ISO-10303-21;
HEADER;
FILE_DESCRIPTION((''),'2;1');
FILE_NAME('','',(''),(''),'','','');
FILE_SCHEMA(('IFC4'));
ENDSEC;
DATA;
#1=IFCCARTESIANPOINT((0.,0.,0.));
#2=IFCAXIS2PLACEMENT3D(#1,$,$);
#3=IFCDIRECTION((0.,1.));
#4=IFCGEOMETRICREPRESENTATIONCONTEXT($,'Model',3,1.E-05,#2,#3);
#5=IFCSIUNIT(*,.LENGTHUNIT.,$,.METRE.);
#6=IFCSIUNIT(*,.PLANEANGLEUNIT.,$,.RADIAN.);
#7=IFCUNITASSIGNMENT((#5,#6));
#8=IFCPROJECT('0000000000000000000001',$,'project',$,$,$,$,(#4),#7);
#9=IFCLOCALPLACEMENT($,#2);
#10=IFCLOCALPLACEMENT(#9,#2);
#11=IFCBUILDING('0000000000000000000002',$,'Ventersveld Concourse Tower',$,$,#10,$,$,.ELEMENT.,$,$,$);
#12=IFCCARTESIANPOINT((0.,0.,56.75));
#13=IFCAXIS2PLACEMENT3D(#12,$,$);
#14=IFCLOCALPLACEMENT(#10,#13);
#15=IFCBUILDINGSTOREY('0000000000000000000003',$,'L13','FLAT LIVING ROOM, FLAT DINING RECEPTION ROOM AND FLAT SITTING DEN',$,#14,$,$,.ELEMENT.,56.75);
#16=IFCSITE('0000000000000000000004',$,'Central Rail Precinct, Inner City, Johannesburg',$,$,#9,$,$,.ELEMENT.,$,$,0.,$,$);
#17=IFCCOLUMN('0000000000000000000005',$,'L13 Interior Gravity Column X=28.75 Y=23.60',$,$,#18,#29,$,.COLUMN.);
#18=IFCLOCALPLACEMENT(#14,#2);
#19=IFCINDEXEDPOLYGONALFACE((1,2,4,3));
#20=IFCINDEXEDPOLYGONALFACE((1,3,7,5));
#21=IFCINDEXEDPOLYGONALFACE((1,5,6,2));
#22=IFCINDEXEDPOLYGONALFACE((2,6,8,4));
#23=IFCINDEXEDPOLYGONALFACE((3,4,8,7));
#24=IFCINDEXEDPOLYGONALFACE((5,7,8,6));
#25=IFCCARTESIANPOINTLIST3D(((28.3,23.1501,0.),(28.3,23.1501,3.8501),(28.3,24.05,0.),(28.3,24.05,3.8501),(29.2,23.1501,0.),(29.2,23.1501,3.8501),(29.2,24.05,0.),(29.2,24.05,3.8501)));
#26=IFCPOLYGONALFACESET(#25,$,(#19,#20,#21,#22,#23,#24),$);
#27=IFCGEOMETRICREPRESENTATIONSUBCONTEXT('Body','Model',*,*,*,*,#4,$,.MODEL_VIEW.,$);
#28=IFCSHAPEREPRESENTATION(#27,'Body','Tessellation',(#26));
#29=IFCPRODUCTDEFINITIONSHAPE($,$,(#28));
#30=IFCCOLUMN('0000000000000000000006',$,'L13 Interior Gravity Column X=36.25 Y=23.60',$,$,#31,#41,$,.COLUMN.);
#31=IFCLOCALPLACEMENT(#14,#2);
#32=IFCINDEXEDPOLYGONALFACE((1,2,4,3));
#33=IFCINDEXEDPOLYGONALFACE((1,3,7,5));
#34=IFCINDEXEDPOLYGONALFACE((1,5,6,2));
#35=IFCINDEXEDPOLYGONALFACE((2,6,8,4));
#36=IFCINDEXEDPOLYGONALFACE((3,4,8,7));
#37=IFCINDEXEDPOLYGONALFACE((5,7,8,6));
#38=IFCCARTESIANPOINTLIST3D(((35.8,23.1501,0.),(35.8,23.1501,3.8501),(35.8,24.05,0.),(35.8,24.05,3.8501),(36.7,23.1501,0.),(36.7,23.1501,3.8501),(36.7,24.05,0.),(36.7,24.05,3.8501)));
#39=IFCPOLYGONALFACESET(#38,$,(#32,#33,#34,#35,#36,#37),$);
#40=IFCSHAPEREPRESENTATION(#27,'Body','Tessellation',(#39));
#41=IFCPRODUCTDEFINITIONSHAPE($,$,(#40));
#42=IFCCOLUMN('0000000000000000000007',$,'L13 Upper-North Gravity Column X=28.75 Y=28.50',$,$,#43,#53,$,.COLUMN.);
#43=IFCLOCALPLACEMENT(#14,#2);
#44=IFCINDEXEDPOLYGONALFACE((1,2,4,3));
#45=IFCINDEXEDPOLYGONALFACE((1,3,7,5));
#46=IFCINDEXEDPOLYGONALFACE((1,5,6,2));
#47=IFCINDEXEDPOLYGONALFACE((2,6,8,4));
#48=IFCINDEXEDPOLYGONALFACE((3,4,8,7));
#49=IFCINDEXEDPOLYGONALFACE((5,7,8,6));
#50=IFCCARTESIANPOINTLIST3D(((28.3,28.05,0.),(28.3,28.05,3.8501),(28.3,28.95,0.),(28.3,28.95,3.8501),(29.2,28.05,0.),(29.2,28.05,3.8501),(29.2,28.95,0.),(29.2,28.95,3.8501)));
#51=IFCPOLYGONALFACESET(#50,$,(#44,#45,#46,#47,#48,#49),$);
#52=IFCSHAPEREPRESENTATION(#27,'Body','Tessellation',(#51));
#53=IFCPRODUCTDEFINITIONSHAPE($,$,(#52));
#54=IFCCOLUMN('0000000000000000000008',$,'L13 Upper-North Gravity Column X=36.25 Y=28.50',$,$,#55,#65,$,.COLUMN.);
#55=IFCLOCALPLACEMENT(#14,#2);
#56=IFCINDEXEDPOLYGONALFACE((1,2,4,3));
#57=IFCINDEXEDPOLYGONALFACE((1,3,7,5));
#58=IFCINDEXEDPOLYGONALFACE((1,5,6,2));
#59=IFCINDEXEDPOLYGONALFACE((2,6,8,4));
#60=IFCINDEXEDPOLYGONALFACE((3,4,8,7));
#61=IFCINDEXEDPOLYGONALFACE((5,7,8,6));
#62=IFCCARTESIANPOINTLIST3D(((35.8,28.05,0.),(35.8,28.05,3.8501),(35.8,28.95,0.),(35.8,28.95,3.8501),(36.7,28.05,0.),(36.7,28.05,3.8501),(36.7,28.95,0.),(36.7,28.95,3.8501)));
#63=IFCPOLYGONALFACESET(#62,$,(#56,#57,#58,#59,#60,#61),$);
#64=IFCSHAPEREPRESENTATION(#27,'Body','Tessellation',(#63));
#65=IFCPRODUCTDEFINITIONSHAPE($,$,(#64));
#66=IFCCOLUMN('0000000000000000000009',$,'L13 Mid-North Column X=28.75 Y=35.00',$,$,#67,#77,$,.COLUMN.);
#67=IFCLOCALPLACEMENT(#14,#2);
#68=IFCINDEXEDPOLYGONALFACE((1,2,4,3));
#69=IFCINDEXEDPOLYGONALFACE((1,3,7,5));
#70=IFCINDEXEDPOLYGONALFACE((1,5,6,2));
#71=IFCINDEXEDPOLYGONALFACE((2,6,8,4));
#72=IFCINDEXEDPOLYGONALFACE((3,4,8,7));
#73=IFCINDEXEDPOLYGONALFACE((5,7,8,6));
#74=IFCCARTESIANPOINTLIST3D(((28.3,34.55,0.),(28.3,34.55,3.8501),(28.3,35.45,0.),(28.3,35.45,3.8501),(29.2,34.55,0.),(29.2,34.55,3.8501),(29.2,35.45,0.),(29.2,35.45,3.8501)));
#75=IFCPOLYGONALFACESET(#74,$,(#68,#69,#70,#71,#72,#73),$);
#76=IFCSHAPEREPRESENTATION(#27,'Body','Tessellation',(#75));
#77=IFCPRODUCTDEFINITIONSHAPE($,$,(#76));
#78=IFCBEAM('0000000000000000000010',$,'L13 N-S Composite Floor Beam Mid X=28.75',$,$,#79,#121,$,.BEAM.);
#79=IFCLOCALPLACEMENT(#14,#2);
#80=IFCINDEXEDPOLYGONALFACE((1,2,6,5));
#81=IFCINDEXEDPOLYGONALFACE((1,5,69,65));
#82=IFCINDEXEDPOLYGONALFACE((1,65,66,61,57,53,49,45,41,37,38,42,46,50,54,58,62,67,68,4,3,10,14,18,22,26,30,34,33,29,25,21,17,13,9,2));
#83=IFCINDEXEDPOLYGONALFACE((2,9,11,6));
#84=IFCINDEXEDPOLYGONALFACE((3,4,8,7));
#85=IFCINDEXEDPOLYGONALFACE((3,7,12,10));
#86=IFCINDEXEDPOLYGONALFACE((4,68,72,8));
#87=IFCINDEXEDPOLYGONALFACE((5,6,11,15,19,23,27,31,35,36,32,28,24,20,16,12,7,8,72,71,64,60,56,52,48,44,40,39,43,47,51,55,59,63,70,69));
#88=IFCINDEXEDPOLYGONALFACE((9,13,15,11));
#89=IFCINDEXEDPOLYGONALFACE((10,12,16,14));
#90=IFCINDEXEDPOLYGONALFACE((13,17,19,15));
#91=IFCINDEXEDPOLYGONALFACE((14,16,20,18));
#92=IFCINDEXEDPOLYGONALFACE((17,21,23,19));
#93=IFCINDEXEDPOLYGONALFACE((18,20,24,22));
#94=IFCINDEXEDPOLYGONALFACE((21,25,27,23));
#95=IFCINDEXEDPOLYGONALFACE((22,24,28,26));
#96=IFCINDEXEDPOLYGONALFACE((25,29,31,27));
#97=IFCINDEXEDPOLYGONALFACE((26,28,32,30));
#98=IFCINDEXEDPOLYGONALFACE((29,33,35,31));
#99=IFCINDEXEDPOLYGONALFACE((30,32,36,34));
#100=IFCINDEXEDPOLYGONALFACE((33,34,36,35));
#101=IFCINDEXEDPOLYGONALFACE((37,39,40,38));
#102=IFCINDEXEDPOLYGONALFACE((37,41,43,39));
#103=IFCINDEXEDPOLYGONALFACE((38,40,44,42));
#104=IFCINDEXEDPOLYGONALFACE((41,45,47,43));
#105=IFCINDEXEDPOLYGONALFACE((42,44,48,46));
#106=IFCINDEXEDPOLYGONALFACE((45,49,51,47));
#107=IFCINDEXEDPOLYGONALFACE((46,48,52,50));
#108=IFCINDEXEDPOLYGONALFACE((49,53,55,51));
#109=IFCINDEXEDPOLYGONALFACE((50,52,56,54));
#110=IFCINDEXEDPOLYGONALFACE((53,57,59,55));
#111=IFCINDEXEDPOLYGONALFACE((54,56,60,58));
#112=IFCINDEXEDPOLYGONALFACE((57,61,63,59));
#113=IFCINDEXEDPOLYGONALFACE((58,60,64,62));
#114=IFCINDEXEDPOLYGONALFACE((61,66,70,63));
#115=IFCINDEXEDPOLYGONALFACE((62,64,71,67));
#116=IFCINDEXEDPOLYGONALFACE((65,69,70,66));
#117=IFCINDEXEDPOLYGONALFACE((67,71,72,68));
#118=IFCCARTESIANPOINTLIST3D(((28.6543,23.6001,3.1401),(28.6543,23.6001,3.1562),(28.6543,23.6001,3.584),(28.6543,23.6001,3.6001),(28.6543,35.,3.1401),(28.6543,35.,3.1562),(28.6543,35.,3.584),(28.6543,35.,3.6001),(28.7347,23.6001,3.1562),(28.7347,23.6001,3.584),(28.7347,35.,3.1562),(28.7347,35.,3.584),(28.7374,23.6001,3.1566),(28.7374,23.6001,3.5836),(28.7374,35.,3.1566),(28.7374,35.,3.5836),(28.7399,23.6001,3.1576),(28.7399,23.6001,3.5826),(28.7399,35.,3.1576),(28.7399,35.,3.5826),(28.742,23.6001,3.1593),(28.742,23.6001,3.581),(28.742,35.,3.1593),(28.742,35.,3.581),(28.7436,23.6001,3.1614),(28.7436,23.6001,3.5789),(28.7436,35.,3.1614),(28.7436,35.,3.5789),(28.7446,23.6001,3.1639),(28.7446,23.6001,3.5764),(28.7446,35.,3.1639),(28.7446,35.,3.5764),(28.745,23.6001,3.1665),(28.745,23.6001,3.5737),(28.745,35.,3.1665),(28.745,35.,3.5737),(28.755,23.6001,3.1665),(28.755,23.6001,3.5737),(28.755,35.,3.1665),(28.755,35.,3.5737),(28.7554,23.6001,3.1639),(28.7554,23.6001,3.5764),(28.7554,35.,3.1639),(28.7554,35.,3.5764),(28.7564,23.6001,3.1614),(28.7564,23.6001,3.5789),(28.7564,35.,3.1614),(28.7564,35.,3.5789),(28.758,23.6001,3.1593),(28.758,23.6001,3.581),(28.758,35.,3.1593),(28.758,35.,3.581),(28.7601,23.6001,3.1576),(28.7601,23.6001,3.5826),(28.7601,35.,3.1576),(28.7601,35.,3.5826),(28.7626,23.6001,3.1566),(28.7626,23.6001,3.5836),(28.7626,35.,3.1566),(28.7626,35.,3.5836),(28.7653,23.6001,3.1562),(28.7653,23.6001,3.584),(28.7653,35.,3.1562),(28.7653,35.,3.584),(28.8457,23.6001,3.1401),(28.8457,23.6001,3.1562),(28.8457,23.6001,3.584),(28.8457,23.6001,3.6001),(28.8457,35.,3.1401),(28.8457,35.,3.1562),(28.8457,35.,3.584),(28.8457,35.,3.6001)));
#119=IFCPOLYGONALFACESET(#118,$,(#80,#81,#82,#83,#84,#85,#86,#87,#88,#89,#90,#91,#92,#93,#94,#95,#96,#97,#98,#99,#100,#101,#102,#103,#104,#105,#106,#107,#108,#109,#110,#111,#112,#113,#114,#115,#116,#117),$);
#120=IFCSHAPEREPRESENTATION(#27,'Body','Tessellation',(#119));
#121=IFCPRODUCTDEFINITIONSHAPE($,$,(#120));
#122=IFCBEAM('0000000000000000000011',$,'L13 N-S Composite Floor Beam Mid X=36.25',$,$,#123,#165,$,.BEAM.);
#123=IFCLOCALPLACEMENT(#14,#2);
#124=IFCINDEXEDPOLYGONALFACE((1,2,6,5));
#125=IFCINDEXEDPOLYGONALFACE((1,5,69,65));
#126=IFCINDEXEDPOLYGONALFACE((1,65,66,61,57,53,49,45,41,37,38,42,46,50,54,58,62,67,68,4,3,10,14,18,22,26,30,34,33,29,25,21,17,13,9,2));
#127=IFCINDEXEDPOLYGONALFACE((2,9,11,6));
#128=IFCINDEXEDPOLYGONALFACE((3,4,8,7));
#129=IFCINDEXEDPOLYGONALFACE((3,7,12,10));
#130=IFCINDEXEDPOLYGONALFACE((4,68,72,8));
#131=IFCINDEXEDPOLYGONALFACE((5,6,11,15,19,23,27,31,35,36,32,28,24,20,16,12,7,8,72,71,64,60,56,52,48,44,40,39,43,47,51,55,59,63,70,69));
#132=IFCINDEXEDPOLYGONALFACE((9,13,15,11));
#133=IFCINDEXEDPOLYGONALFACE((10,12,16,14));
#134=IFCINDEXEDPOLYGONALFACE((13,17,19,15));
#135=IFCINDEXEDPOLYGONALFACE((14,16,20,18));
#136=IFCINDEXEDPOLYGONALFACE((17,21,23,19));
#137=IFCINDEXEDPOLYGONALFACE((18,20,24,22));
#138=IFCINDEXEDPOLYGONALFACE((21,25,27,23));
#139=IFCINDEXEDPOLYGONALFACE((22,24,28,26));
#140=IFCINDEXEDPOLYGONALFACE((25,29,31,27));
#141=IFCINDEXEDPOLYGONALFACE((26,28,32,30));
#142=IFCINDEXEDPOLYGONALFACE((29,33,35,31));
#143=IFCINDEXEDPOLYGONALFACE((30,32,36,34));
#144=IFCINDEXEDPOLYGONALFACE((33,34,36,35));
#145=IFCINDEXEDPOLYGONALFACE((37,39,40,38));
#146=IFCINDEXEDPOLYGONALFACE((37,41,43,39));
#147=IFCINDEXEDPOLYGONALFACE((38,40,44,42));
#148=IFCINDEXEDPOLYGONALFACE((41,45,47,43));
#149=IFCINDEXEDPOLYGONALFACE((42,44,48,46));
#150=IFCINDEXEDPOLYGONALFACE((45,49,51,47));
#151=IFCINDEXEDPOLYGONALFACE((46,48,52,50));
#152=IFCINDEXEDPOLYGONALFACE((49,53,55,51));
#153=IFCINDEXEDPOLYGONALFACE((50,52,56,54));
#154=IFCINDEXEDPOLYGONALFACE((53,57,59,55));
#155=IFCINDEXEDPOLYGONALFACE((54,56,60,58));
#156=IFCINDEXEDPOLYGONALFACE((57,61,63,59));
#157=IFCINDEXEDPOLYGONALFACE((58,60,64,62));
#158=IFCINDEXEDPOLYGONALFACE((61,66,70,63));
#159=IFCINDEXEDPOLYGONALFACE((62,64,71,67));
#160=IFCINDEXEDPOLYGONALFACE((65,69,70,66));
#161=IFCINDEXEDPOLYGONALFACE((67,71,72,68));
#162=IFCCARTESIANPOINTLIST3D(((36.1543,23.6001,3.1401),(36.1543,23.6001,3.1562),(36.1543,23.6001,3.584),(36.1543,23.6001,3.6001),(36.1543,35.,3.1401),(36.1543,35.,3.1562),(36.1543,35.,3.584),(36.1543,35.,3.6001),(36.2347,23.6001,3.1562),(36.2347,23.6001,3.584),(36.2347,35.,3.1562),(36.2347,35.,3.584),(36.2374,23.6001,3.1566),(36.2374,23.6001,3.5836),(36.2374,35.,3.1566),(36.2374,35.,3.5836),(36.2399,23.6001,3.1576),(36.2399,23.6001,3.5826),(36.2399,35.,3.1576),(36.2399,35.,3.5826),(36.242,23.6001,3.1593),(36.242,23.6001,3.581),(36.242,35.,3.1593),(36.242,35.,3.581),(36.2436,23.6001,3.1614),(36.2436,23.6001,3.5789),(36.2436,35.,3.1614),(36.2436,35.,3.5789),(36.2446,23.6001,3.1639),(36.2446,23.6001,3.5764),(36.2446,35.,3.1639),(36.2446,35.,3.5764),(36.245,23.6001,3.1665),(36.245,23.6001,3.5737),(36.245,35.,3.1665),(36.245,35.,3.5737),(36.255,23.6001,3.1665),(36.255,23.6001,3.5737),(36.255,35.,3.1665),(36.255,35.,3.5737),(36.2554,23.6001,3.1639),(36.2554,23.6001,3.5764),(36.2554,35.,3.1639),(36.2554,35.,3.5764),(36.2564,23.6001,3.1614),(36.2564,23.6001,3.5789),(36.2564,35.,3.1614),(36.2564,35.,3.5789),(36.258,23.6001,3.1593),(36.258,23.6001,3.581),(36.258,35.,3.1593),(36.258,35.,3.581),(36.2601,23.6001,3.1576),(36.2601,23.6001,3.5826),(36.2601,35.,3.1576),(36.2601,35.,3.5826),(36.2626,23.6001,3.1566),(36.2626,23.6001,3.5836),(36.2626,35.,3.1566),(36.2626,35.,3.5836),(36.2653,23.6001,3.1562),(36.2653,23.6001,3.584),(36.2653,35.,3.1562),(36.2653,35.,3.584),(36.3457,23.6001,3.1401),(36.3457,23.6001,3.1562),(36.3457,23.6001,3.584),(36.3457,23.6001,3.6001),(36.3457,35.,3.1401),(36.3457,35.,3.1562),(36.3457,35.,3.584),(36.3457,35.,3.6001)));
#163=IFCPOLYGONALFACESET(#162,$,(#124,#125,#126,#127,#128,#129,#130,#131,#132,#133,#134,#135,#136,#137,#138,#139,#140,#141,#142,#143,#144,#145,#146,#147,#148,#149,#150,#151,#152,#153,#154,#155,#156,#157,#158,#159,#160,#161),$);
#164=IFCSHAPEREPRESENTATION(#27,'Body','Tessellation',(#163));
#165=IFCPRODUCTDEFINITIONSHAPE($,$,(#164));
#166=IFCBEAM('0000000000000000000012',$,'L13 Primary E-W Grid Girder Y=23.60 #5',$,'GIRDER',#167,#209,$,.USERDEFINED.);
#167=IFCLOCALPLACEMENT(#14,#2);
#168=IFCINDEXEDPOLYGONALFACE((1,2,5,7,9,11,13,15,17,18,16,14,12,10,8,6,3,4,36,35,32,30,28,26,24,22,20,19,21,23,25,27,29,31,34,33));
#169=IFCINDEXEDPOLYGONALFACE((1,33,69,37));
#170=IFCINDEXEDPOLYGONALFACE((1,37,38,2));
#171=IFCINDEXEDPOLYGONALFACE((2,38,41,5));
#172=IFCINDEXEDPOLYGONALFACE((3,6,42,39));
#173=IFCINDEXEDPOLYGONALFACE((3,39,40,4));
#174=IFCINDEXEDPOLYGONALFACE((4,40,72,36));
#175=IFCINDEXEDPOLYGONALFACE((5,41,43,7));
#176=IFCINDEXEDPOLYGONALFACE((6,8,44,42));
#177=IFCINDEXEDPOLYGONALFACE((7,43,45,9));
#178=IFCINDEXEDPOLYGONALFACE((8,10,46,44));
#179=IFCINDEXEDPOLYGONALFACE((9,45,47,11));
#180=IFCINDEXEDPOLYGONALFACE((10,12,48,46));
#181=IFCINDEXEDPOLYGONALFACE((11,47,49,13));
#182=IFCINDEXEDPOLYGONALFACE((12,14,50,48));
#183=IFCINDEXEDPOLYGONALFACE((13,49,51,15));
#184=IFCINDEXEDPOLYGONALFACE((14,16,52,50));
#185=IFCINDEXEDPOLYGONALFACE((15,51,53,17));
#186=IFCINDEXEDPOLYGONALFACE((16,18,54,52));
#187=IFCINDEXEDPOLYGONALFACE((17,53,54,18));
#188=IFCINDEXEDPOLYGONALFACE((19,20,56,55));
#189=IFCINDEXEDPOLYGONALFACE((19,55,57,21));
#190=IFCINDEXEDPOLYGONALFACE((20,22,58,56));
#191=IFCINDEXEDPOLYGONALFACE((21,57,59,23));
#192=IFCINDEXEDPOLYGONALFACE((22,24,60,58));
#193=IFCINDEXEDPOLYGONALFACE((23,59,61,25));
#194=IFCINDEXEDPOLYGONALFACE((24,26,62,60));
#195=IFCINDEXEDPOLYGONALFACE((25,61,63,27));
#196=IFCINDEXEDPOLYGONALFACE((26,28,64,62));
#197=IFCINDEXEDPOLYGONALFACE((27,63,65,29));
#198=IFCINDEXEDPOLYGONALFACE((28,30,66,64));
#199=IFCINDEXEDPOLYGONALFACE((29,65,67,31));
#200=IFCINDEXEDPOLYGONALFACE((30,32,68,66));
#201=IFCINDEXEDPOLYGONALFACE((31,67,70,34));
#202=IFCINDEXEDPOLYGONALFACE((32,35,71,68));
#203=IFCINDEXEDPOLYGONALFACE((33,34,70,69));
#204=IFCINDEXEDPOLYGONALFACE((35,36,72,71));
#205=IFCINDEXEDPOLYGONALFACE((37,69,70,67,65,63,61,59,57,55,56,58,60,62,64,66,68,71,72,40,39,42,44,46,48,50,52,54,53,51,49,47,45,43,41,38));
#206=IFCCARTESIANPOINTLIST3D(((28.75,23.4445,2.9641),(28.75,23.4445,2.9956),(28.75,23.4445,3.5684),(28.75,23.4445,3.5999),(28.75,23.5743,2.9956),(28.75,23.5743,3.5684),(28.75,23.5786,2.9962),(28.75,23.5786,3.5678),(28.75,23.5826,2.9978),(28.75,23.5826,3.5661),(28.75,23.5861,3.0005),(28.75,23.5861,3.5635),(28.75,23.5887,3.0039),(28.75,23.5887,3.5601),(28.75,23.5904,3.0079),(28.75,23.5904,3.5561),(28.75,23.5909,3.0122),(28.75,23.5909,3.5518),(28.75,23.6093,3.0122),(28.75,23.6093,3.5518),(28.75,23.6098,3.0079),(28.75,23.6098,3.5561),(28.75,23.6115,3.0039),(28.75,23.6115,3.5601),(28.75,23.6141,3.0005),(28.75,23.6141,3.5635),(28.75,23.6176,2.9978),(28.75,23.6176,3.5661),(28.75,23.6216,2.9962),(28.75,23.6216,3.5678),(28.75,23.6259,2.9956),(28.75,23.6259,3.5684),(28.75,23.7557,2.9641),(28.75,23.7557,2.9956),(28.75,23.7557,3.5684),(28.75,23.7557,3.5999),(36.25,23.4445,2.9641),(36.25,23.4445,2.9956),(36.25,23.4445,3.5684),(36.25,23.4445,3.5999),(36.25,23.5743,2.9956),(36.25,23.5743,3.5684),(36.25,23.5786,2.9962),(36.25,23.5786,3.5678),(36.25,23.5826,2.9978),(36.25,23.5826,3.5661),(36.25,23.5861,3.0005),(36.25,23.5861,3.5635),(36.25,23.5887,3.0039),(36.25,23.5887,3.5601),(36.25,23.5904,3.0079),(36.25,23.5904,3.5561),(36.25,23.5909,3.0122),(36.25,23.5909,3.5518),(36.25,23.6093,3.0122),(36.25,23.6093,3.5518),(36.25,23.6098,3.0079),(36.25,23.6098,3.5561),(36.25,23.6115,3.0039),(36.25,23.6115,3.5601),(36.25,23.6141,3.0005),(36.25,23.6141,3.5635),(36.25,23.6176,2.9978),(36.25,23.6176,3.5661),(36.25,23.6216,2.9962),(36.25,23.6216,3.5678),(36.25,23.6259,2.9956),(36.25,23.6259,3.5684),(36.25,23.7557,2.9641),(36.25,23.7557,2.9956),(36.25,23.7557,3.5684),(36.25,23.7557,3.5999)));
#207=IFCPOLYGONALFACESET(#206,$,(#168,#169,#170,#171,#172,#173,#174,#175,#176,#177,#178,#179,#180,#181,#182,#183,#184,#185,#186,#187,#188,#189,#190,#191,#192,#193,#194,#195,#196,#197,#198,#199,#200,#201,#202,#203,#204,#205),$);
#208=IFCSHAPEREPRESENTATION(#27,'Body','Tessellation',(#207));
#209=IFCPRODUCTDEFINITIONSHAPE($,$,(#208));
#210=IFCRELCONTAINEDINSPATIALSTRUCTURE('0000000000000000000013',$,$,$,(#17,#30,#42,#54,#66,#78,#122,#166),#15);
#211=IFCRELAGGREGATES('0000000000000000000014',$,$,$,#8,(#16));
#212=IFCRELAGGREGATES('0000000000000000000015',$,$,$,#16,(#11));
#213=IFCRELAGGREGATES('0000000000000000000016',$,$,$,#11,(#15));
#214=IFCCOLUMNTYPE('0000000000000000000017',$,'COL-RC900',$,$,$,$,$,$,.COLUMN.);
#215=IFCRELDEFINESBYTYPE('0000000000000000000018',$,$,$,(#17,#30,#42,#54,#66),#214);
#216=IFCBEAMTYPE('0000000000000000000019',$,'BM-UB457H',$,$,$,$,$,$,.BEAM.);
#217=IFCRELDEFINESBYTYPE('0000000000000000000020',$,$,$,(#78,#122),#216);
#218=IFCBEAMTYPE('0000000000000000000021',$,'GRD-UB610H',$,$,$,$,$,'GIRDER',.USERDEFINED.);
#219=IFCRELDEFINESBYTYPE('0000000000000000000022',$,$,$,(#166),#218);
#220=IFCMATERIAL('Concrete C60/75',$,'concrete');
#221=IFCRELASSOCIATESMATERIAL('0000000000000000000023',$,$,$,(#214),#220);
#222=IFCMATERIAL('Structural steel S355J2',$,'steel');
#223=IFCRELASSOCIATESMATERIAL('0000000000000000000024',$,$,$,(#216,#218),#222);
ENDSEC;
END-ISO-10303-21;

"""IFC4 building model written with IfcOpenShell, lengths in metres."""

from ifc_helpers import new_model, si_unit, direction, frame, origin, origin_2d, place, context, subcontext, project, spatial, rectangle, i_section, extrude, material, material_profile, profile_set, type_object, element, save


model = new_model("IFC4")

# Units and contexts
model_context = context("Model", 3, precision=1e-05, world=origin(), true_north=direction((0.0, 1.0)))
body_context = subcontext(model_context, "Body", "Model", "MODEL_VIEW")
ifc_project = project(units=[si_unit("LENGTHUNIT", "METRE"), si_unit("PLANEANGLEUNIT", "RADIAN")], contexts=[model_context])

# Site, building, storey
site_placement = place(None, origin())
site = spatial("IfcSite", under=ifc_project, at=site_placement, Name="Central Rail Precinct, Inner City, Johannesburg", CompositionType="ELEMENT", RefElevation=0.0)
building_placement = place(site_placement, origin())
building = spatial("IfcBuilding", under=site, at=building_placement, Name="Ventersveld Concourse Tower", CompositionType="ELEMENT")
storey_placement = place(building_placement, frame((0.0, 0.0, 56.75)))
storey = spatial("IfcBuildingStorey", under=building, at=storey_placement, Name="L13", Description="FLAT LIVING ROOM, FLAT DINING RECEPTION ROOM AND FLAT SITTING DEN", CompositionType="ELEMENT", Elevation=56.75)

# Columns
ifc_material_1 = material(Name="Concrete C60/75", Category="concrete")
ifc_material_profile_1 = material_profile(ifc_material_1, rectangle(XDim=0.8999, YDim=0.8999, at=origin_2d()), Name="RC 900x900")
ifc_profile_set_1 = profile_set([ifc_material_profile_1], Name="Concrete C60/75")
column_type = type_object("IfcColumnType", Name="COL-RC900", PredefinedType="COLUMN", material=ifc_profile_set_1)
for number, where, z_axis, x_axis, name in (
    (1, (28.75, 23.6001, 0.0), (0.0, 0.0, 1.0), (1.0, 0.0, 0.0), "L13 Interior Gravity Column X=28.75 Y=23.60"),
    (2, (36.25, 23.6001, 0.0), (0.0, 0.0, 1.0), (1.0, 0.0, 0.0), "L13 Interior Gravity Column X=36.25 Y=23.60"),
    (3, (28.75, 28.5, 0.0), (0.0, 0.0, 1.0), (1.0, 0.0, 0.0), "L13 Upper-North Gravity Column X=28.75 Y=28.50"),
    (4, (36.25, 28.5, 0.0), (0.0, 0.0, 1.0), (1.0, 0.0, 0.0), "L13 Upper-North Gravity Column X=36.25 Y=28.50"),
    (5, (28.75, 35.0, 0.0), (0.0, 0.0, 1.0), (1.0, 0.0, 0.0), "L13 Mid-North Column X=28.75 Y=35.00"),
):
    element("IfcColumn", number, at=place(storey_placement, frame(where, z_axis=z_axis, x_axis=x_axis)), inside=storey, type_object=column_type, Name=name, PredefinedType="COLUMN", context=body_context, shape_type="SweptSolid", body=[
        extrude(rectangle(XDim=0.8999, YDim=0.8999, at=origin_2d()), origin(), (0.0, 0.0, 1.0), 3.8501),
    ])

# Beams
ifc_material_2 = material(Name="Structural steel S355J2", Category="steel")
ifc_material_profile_2 = material_profile(ifc_material_2, i_section(OverallWidth=0.1914, OverallDepth=0.46, WebThickness=0.01, FlangeThickness=0.0161, FilletRadius=0.0103, at=origin_2d()), Name="UB 457x191x82")
ifc_profile_set_2 = profile_set([ifc_material_profile_2], Name="Structural steel S355J2")
beam_type_1 = type_object("IfcBeamType", Name="BM-UB457H", PredefinedType="BEAM", material=ifc_profile_set_2)
for number, where, z_axis, x_axis, name in (
    (6, (28.75, 23.6001, 3.3701), (0.0, 1.0, 0.0), (-1.0, 0.0, 0.0), "L13 N-S Composite Floor Beam Mid X=28.75"),
    (7, (36.25, 23.6001, 3.3701), (0.0, 1.0, 0.0), (-1.0, 0.0, 0.0), "L13 N-S Composite Floor Beam Mid X=36.25"),
):
    element("IfcBeam", number, at=place(storey_placement, frame(where, z_axis=z_axis, x_axis=x_axis)), inside=storey, type_object=beam_type_1, Name=name, PredefinedType="BEAM", context=body_context, shape_type="SweptSolid", body=[
        extrude(i_section(OverallWidth=0.1914, OverallDepth=0.46, WebThickness=0.01, FlangeThickness=0.0161, FilletRadius=0.0103, at=origin_2d()), origin(), (0.0, 0.0, 1.0), 11.3999),
    ])
ifc_material_profile_3 = material_profile(ifc_material_2, i_section(OverallWidth=0.3113, OverallDepth=0.6357, WebThickness=0.0183, FlangeThickness=0.0315, FilletRadius=0.0166, at=origin_2d()), Name="UB 610x305x238")
ifc_profile_set_3 = profile_set([ifc_material_profile_3], Name="Structural steel S355J2")
beam_type_2 = type_object("IfcBeamType", Name="GRD-UB610H", ElementType="GIRDER", PredefinedType="USERDEFINED", material=ifc_profile_set_3)
for number, where, z_axis, x_axis, name in (
    (8, (28.75, 23.6001, 3.282), (1.0, 0.0, 0.0), (0.0, 1.0, 0.0), "L13 Primary E-W Grid Girder Y=23.60 #5"),
):
    element("IfcBeam", number, at=place(storey_placement, frame(where, z_axis=z_axis, x_axis=x_axis)), inside=storey, type_object=beam_type_2, Name=name, ObjectType="GIRDER", PredefinedType="USERDEFINED", context=body_context, shape_type="SweptSolid", body=[
        extrude(i_section(OverallWidth=0.3113, OverallDepth=0.6357, WebThickness=0.0183, FlangeThickness=0.0315, FilletRadius=0.0166, at=origin_2d()), origin(), (0.0, 0.0, 1.0), 7.5),
    ])

save(model, "model.ifc")
